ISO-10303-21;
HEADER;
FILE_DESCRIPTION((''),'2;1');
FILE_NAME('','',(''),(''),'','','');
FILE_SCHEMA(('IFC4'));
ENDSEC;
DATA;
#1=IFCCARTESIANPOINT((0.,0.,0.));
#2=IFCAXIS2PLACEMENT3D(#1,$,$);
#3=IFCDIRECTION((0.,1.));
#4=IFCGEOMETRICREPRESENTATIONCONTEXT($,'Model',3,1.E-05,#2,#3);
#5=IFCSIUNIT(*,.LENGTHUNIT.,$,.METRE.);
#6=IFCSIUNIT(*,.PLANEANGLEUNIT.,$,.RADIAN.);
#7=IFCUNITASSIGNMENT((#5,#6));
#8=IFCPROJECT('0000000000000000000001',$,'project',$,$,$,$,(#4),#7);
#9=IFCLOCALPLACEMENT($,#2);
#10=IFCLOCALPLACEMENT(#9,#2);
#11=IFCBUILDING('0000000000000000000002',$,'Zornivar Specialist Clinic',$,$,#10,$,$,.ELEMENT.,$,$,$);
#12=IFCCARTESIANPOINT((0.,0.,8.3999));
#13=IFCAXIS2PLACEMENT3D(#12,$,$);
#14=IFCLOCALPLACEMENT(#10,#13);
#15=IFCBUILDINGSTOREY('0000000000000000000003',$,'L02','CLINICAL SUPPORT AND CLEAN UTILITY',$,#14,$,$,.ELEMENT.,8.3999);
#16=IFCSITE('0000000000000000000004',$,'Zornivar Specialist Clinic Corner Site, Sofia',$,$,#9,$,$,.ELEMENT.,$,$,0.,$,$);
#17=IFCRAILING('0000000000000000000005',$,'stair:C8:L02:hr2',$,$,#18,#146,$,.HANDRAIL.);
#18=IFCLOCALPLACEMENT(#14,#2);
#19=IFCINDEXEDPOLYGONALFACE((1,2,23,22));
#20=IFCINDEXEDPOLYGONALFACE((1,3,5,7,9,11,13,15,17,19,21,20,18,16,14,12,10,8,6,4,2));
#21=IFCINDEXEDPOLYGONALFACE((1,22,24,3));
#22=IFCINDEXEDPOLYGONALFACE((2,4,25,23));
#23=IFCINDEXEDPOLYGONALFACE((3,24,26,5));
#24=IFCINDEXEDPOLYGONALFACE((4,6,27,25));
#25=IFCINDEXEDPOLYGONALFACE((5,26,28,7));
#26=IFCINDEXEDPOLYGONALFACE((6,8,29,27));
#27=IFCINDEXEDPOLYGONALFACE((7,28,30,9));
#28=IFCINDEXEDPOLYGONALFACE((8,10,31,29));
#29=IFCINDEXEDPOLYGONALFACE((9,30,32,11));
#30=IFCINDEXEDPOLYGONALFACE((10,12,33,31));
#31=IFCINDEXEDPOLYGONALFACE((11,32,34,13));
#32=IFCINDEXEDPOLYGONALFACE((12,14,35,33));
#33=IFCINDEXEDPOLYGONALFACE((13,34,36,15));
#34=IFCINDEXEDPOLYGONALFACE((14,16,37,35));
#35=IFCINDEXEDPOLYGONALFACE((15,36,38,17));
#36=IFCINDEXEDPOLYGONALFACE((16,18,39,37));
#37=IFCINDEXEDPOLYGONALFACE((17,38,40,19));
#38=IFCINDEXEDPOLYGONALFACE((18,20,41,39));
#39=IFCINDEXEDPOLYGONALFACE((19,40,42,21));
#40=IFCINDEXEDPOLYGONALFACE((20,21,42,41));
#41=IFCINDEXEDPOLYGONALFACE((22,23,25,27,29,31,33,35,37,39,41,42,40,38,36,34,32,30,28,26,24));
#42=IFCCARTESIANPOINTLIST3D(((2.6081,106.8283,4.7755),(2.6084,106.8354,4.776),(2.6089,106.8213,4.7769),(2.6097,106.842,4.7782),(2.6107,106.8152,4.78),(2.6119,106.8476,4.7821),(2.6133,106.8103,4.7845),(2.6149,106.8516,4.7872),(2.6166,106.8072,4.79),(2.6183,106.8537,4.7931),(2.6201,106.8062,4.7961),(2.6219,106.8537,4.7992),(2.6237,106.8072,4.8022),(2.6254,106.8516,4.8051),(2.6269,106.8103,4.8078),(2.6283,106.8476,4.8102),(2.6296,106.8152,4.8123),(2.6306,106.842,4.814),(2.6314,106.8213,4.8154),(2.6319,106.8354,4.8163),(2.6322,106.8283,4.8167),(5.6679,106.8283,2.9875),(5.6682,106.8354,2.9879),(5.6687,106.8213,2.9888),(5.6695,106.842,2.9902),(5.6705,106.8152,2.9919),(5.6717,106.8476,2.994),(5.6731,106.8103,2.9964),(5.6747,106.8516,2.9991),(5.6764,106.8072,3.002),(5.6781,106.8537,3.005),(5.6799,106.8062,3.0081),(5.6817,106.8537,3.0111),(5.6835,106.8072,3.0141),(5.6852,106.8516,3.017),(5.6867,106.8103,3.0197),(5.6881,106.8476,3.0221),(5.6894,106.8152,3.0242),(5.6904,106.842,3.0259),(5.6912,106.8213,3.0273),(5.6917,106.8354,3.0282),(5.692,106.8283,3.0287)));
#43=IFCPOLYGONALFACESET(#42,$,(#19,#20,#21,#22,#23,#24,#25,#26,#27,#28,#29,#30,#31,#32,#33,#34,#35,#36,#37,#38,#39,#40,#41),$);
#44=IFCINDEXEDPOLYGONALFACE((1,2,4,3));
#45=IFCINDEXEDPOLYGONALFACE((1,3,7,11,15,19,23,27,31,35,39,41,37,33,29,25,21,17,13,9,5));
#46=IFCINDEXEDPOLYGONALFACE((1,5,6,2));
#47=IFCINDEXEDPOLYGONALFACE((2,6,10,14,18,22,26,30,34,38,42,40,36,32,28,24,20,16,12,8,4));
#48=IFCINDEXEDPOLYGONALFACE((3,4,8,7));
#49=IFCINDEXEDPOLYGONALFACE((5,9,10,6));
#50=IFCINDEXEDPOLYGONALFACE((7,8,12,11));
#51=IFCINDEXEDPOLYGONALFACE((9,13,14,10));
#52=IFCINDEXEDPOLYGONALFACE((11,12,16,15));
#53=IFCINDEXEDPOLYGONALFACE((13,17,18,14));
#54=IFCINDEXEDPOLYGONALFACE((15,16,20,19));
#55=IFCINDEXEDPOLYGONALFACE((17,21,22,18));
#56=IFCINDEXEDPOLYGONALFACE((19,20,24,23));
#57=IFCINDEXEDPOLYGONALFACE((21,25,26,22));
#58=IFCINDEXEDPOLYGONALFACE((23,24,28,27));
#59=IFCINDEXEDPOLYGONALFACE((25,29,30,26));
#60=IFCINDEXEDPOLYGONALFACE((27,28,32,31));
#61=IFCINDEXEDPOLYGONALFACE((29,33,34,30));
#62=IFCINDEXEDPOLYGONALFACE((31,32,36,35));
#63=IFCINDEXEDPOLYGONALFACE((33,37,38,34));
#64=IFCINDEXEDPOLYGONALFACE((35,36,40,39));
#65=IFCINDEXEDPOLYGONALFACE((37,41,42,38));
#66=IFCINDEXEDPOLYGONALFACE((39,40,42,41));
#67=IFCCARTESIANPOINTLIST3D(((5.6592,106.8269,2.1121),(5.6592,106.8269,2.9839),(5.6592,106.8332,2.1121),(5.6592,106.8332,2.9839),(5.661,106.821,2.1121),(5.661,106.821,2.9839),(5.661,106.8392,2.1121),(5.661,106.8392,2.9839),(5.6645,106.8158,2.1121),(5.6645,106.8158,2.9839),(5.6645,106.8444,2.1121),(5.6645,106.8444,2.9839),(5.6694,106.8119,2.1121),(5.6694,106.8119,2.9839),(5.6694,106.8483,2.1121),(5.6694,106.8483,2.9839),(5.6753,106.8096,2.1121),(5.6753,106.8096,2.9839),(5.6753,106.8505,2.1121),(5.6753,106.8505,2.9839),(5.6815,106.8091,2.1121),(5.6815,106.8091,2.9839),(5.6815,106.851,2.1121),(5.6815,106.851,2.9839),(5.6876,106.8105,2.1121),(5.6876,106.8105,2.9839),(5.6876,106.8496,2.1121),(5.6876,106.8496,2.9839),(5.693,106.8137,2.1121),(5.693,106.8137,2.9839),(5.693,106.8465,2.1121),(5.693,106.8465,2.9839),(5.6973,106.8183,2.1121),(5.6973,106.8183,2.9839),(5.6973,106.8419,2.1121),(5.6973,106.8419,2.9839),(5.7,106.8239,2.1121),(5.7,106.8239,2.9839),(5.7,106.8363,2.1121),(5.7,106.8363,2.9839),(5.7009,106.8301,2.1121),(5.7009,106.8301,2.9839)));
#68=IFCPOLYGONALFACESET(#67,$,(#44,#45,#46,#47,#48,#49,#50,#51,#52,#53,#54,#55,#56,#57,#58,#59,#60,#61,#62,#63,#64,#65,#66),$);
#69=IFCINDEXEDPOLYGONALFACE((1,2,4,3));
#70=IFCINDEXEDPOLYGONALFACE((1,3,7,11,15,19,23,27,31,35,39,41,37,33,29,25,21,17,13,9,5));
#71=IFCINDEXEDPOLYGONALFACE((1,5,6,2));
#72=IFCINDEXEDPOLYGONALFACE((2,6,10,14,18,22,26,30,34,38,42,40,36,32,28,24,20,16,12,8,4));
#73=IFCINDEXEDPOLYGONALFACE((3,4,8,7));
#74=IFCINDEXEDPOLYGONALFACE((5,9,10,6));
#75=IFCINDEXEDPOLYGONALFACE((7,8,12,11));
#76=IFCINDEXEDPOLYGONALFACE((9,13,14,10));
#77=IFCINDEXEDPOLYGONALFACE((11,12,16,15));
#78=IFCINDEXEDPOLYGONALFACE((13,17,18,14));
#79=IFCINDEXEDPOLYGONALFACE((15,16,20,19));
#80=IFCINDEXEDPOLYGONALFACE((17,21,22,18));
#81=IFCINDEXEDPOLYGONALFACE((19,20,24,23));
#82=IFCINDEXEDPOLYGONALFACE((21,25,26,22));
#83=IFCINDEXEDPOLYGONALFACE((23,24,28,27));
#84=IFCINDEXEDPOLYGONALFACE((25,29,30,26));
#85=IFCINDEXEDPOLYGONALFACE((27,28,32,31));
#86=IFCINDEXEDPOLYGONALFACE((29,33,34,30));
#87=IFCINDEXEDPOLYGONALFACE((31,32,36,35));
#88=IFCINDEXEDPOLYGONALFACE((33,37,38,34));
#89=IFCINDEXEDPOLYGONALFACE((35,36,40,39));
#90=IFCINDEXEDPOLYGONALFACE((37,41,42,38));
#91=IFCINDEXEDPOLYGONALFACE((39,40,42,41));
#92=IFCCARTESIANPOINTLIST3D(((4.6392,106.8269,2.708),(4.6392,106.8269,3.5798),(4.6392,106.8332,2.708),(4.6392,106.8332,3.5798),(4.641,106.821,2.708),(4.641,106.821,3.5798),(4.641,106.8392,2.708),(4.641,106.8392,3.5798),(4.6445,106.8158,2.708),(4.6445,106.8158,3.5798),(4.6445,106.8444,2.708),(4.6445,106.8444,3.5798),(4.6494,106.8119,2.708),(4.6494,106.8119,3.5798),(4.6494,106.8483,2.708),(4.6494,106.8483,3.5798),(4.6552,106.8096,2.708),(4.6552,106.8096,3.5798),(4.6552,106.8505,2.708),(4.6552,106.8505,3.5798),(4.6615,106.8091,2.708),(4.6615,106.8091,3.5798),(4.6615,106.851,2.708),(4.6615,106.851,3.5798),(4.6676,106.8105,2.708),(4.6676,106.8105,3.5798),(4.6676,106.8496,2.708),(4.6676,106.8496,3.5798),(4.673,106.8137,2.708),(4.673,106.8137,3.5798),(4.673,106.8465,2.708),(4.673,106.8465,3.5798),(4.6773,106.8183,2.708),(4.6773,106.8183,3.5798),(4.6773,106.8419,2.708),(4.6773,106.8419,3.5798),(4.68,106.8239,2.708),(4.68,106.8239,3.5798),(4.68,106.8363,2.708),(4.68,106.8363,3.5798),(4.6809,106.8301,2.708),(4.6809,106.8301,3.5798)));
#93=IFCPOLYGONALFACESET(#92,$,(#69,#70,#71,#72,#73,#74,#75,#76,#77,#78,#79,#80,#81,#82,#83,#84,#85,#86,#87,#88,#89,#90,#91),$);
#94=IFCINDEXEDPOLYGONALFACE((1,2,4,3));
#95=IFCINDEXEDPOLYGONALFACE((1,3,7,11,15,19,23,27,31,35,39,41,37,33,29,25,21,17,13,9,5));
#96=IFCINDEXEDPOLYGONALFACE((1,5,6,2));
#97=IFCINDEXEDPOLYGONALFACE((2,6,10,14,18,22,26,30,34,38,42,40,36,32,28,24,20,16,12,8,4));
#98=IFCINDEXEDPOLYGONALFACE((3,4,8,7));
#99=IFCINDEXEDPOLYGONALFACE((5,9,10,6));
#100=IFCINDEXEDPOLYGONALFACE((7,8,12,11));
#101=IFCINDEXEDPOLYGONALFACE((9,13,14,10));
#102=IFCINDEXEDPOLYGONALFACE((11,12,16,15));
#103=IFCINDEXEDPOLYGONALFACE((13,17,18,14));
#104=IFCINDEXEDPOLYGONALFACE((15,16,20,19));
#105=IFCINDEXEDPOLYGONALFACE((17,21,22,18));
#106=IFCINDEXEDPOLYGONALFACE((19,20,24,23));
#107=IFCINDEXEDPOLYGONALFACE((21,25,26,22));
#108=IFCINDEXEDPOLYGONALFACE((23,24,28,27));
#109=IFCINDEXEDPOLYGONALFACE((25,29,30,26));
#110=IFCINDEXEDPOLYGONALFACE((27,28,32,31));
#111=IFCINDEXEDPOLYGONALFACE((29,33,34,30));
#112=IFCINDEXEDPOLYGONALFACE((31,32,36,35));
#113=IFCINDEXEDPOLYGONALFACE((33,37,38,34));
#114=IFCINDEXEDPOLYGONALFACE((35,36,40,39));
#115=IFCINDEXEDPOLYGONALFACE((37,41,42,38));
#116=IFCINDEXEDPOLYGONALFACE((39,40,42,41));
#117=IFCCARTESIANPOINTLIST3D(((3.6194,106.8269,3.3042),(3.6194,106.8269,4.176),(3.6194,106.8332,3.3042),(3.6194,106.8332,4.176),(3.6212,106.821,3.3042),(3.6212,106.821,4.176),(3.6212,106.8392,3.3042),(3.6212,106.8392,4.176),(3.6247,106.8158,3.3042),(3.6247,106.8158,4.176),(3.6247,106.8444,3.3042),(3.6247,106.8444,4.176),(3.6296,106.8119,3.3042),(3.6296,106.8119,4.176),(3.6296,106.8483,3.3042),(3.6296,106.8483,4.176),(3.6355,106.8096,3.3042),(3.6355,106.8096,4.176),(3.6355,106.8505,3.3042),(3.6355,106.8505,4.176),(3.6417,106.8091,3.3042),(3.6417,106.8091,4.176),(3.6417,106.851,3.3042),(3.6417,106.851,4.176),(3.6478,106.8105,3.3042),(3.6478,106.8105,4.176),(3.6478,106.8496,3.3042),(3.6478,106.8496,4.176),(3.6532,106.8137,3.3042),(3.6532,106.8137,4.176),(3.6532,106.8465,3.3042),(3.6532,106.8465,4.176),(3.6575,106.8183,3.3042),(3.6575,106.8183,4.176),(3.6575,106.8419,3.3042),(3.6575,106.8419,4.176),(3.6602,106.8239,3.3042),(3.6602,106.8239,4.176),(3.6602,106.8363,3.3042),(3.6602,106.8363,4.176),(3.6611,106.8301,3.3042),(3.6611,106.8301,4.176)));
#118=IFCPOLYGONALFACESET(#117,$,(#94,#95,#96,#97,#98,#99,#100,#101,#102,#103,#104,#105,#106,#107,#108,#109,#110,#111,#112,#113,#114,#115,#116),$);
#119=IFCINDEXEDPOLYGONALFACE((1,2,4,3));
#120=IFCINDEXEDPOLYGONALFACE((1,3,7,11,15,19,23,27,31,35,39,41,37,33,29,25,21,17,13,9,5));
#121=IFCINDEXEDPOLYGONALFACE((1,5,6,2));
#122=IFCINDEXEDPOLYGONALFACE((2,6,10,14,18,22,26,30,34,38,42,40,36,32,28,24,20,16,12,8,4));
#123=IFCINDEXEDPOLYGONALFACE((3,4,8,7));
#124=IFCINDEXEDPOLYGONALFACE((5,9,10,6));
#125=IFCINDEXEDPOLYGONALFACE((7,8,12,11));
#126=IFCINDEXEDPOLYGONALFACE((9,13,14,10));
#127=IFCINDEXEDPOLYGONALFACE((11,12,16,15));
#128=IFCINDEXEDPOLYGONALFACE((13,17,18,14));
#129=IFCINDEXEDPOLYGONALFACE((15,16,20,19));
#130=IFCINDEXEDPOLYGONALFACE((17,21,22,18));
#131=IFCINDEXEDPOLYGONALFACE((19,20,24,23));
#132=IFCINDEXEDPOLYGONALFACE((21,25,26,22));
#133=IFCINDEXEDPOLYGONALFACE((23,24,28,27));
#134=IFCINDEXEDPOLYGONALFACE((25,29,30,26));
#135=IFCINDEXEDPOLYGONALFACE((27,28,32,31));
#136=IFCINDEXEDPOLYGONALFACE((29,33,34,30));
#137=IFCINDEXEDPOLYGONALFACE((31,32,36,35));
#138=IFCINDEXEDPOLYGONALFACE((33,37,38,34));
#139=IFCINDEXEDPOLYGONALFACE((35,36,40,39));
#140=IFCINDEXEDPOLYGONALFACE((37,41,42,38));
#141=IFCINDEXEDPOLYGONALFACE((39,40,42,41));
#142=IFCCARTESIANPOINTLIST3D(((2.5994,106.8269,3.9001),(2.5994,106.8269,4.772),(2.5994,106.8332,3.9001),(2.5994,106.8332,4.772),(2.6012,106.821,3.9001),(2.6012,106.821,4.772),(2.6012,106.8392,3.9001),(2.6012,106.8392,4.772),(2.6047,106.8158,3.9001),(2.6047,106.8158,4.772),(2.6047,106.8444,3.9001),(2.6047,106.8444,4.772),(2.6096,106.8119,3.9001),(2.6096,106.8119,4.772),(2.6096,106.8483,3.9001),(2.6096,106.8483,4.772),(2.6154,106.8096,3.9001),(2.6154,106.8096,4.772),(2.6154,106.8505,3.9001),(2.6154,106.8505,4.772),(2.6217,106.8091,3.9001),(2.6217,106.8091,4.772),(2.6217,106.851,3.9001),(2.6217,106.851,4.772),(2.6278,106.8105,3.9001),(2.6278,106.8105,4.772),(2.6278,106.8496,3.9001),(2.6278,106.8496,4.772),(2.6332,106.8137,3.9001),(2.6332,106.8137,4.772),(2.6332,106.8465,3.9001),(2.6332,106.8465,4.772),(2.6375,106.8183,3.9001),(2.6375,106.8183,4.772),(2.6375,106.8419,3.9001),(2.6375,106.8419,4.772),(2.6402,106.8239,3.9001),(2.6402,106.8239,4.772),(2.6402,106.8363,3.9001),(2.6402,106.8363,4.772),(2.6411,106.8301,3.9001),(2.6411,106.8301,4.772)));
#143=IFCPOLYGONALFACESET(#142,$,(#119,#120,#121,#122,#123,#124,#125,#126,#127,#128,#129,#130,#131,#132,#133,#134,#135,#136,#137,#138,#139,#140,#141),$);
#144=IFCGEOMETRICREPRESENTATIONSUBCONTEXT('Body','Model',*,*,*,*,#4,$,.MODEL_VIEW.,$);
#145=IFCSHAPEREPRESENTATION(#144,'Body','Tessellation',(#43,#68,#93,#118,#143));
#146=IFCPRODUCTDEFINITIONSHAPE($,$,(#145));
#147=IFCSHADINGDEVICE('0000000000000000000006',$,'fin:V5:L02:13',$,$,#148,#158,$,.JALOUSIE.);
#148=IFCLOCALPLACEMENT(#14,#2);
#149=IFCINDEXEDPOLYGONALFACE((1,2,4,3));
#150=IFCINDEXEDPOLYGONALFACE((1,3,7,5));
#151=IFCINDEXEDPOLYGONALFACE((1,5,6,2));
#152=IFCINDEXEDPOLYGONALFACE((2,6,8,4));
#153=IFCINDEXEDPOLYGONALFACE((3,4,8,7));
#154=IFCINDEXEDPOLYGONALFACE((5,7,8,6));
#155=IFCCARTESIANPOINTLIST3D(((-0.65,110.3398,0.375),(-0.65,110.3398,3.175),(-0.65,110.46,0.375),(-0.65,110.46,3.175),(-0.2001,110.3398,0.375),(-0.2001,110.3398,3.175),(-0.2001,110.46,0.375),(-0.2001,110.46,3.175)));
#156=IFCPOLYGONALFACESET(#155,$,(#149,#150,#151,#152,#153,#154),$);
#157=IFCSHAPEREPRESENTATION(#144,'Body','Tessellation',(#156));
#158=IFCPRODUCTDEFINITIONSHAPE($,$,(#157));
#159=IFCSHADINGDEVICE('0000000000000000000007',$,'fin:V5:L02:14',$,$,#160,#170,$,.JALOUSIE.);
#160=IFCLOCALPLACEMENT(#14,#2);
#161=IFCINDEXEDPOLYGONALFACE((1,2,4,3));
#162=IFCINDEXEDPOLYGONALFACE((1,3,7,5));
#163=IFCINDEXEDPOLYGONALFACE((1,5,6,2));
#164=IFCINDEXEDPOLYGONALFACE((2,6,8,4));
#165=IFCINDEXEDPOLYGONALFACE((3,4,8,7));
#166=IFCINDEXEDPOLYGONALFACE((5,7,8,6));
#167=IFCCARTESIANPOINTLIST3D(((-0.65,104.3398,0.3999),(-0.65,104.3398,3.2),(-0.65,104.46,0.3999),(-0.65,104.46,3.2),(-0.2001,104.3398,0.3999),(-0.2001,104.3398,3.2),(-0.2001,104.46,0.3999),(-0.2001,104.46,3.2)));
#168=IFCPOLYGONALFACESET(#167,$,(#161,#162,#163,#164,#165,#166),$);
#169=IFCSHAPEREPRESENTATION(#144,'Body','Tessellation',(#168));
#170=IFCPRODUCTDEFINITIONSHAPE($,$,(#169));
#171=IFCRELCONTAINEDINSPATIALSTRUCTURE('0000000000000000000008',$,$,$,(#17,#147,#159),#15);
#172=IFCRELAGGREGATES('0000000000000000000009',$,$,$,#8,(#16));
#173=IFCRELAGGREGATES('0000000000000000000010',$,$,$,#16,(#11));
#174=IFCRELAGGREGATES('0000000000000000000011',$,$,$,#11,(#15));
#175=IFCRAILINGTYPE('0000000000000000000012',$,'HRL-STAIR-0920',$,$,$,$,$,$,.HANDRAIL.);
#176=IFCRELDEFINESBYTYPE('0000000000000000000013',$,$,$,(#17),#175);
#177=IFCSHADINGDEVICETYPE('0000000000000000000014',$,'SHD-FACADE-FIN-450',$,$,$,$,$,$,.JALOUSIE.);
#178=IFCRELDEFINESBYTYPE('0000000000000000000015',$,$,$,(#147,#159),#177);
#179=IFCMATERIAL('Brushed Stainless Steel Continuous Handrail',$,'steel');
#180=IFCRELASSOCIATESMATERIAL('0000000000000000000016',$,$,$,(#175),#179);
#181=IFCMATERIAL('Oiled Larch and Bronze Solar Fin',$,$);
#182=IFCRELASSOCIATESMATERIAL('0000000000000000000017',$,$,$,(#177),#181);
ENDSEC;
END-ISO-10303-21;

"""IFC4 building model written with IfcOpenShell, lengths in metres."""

from ifc_helpers import new_model, si_unit, direction, frame, origin, origin_2d, place, context, subcontext, project, spatial, rectangle, circle, extrude, material, type_object, element, save


model = new_model("IFC4")

# Units and contexts
model_context = context("Model", 3, precision=1e-05, world=origin(), true_north=direction((0.0, 1.0)))
body_context = subcontext(model_context, "Body", "Model", "MODEL_VIEW")
ifc_project = project(units=[si_unit("LENGTHUNIT", "METRE"), si_unit("PLANEANGLEUNIT", "RADIAN")], contexts=[model_context])

# Site, building, storey
site_placement = place(None, origin())
site = spatial("IfcSite", under=ifc_project, at=site_placement, Name="Zornivar Specialist Clinic Corner Site, Sofia", CompositionType="ELEMENT", RefElevation=0.0)
building_placement = place(site_placement, origin())
building = spatial("IfcBuilding", under=site, at=building_placement, Name="Zornivar Specialist Clinic", CompositionType="ELEMENT")
storey_placement = place(building_placement, frame((0.0, 0.0, 8.3999)))
storey = spatial("IfcBuildingStorey", under=building, at=storey_placement, Name="L02", Description="CLINICAL SUPPORT AND CLEAN UTILITY", CompositionType="ELEMENT", Elevation=8.3999)

# Railing
ifc_material_1 = material(Name="Brushed Stainless Steel Continuous Handrail", Category="steel")
railing_type_1 = type_object("IfcRailingType", Name="HRL-STAIR-0920", PredefinedType="HANDRAIL", material=ifc_material_1)
railing_1_placement = place(storey_placement, frame((5.6799, 106.8301, 2.1121)))
element("IfcRailing", 1, at=railing_1_placement, inside=storey, type_object=railing_type_1, Name="stair:C8:L02:hr2", PredefinedType="HANDRAIL", context=body_context, shape_type="SweptSolid", body=[
    extrude(circle(Radius=0.0239, at=origin_2d()), frame((0.0, 0.0, 0.896), z_axis=(-0.863386, 0.0, 0.504543), x_axis=(0.0, -1.0, 0.0)), (0.0, 0.0, 1.0), 3.5439),
    extrude(circle(Radius=0.021, at=origin_2d()), origin(), (0.0, 0.0, 1.0), 0.8718),
    extrude(circle(Radius=0.021, at=origin_2d()), frame((-1.02, 0.0, 0.5959)), (0.0, 0.0, 1.0), 0.8718),
    extrude(circle(Radius=0.021, at=origin_2d()), frame((-2.0398, 0.0, 1.1921)), (0.0, 0.0, 1.0), 0.8718),
    extrude(circle(Radius=0.021, at=origin_2d()), frame((-3.0598, 0.0, 1.7881)), (0.0, 0.0, 1.0), 0.8718),
])

# Shading devices
ifc_material_2 = material(Name="Oiled Larch and Bronze Solar Fin")
shading_device_type = type_object("IfcShadingDeviceType", Name="SHD-FACADE-FIN-450", PredefinedType="JALOUSIE", material=ifc_material_2)
for number, where, z_axis, x_axis, name in (
    (2, (-0.425, 110.3999, 0.375), (0.0, 0.0, 1.0), (0.0, -1.0, 0.0), "fin:V5:L02:13"),
    (3, (-0.425, 104.3999, 0.3999), (0.0, 0.0, 1.0), (0.0, -1.0, 0.0), "fin:V5:L02:14"),
):
    element("IfcShadingDevice", number, at=place(storey_placement, frame(where, z_axis=z_axis, x_axis=x_axis)), inside=storey, type_object=shading_device_type, Name=name, PredefinedType="JALOUSIE", context=body_context, shape_type="SweptSolid", body=[
        extrude(rectangle(XDim=0.1201, YDim=0.45, at=origin_2d()), origin(), (0.0, 0.0, 1.0), 2.8),
    ])

save(model, "model.ifc")
